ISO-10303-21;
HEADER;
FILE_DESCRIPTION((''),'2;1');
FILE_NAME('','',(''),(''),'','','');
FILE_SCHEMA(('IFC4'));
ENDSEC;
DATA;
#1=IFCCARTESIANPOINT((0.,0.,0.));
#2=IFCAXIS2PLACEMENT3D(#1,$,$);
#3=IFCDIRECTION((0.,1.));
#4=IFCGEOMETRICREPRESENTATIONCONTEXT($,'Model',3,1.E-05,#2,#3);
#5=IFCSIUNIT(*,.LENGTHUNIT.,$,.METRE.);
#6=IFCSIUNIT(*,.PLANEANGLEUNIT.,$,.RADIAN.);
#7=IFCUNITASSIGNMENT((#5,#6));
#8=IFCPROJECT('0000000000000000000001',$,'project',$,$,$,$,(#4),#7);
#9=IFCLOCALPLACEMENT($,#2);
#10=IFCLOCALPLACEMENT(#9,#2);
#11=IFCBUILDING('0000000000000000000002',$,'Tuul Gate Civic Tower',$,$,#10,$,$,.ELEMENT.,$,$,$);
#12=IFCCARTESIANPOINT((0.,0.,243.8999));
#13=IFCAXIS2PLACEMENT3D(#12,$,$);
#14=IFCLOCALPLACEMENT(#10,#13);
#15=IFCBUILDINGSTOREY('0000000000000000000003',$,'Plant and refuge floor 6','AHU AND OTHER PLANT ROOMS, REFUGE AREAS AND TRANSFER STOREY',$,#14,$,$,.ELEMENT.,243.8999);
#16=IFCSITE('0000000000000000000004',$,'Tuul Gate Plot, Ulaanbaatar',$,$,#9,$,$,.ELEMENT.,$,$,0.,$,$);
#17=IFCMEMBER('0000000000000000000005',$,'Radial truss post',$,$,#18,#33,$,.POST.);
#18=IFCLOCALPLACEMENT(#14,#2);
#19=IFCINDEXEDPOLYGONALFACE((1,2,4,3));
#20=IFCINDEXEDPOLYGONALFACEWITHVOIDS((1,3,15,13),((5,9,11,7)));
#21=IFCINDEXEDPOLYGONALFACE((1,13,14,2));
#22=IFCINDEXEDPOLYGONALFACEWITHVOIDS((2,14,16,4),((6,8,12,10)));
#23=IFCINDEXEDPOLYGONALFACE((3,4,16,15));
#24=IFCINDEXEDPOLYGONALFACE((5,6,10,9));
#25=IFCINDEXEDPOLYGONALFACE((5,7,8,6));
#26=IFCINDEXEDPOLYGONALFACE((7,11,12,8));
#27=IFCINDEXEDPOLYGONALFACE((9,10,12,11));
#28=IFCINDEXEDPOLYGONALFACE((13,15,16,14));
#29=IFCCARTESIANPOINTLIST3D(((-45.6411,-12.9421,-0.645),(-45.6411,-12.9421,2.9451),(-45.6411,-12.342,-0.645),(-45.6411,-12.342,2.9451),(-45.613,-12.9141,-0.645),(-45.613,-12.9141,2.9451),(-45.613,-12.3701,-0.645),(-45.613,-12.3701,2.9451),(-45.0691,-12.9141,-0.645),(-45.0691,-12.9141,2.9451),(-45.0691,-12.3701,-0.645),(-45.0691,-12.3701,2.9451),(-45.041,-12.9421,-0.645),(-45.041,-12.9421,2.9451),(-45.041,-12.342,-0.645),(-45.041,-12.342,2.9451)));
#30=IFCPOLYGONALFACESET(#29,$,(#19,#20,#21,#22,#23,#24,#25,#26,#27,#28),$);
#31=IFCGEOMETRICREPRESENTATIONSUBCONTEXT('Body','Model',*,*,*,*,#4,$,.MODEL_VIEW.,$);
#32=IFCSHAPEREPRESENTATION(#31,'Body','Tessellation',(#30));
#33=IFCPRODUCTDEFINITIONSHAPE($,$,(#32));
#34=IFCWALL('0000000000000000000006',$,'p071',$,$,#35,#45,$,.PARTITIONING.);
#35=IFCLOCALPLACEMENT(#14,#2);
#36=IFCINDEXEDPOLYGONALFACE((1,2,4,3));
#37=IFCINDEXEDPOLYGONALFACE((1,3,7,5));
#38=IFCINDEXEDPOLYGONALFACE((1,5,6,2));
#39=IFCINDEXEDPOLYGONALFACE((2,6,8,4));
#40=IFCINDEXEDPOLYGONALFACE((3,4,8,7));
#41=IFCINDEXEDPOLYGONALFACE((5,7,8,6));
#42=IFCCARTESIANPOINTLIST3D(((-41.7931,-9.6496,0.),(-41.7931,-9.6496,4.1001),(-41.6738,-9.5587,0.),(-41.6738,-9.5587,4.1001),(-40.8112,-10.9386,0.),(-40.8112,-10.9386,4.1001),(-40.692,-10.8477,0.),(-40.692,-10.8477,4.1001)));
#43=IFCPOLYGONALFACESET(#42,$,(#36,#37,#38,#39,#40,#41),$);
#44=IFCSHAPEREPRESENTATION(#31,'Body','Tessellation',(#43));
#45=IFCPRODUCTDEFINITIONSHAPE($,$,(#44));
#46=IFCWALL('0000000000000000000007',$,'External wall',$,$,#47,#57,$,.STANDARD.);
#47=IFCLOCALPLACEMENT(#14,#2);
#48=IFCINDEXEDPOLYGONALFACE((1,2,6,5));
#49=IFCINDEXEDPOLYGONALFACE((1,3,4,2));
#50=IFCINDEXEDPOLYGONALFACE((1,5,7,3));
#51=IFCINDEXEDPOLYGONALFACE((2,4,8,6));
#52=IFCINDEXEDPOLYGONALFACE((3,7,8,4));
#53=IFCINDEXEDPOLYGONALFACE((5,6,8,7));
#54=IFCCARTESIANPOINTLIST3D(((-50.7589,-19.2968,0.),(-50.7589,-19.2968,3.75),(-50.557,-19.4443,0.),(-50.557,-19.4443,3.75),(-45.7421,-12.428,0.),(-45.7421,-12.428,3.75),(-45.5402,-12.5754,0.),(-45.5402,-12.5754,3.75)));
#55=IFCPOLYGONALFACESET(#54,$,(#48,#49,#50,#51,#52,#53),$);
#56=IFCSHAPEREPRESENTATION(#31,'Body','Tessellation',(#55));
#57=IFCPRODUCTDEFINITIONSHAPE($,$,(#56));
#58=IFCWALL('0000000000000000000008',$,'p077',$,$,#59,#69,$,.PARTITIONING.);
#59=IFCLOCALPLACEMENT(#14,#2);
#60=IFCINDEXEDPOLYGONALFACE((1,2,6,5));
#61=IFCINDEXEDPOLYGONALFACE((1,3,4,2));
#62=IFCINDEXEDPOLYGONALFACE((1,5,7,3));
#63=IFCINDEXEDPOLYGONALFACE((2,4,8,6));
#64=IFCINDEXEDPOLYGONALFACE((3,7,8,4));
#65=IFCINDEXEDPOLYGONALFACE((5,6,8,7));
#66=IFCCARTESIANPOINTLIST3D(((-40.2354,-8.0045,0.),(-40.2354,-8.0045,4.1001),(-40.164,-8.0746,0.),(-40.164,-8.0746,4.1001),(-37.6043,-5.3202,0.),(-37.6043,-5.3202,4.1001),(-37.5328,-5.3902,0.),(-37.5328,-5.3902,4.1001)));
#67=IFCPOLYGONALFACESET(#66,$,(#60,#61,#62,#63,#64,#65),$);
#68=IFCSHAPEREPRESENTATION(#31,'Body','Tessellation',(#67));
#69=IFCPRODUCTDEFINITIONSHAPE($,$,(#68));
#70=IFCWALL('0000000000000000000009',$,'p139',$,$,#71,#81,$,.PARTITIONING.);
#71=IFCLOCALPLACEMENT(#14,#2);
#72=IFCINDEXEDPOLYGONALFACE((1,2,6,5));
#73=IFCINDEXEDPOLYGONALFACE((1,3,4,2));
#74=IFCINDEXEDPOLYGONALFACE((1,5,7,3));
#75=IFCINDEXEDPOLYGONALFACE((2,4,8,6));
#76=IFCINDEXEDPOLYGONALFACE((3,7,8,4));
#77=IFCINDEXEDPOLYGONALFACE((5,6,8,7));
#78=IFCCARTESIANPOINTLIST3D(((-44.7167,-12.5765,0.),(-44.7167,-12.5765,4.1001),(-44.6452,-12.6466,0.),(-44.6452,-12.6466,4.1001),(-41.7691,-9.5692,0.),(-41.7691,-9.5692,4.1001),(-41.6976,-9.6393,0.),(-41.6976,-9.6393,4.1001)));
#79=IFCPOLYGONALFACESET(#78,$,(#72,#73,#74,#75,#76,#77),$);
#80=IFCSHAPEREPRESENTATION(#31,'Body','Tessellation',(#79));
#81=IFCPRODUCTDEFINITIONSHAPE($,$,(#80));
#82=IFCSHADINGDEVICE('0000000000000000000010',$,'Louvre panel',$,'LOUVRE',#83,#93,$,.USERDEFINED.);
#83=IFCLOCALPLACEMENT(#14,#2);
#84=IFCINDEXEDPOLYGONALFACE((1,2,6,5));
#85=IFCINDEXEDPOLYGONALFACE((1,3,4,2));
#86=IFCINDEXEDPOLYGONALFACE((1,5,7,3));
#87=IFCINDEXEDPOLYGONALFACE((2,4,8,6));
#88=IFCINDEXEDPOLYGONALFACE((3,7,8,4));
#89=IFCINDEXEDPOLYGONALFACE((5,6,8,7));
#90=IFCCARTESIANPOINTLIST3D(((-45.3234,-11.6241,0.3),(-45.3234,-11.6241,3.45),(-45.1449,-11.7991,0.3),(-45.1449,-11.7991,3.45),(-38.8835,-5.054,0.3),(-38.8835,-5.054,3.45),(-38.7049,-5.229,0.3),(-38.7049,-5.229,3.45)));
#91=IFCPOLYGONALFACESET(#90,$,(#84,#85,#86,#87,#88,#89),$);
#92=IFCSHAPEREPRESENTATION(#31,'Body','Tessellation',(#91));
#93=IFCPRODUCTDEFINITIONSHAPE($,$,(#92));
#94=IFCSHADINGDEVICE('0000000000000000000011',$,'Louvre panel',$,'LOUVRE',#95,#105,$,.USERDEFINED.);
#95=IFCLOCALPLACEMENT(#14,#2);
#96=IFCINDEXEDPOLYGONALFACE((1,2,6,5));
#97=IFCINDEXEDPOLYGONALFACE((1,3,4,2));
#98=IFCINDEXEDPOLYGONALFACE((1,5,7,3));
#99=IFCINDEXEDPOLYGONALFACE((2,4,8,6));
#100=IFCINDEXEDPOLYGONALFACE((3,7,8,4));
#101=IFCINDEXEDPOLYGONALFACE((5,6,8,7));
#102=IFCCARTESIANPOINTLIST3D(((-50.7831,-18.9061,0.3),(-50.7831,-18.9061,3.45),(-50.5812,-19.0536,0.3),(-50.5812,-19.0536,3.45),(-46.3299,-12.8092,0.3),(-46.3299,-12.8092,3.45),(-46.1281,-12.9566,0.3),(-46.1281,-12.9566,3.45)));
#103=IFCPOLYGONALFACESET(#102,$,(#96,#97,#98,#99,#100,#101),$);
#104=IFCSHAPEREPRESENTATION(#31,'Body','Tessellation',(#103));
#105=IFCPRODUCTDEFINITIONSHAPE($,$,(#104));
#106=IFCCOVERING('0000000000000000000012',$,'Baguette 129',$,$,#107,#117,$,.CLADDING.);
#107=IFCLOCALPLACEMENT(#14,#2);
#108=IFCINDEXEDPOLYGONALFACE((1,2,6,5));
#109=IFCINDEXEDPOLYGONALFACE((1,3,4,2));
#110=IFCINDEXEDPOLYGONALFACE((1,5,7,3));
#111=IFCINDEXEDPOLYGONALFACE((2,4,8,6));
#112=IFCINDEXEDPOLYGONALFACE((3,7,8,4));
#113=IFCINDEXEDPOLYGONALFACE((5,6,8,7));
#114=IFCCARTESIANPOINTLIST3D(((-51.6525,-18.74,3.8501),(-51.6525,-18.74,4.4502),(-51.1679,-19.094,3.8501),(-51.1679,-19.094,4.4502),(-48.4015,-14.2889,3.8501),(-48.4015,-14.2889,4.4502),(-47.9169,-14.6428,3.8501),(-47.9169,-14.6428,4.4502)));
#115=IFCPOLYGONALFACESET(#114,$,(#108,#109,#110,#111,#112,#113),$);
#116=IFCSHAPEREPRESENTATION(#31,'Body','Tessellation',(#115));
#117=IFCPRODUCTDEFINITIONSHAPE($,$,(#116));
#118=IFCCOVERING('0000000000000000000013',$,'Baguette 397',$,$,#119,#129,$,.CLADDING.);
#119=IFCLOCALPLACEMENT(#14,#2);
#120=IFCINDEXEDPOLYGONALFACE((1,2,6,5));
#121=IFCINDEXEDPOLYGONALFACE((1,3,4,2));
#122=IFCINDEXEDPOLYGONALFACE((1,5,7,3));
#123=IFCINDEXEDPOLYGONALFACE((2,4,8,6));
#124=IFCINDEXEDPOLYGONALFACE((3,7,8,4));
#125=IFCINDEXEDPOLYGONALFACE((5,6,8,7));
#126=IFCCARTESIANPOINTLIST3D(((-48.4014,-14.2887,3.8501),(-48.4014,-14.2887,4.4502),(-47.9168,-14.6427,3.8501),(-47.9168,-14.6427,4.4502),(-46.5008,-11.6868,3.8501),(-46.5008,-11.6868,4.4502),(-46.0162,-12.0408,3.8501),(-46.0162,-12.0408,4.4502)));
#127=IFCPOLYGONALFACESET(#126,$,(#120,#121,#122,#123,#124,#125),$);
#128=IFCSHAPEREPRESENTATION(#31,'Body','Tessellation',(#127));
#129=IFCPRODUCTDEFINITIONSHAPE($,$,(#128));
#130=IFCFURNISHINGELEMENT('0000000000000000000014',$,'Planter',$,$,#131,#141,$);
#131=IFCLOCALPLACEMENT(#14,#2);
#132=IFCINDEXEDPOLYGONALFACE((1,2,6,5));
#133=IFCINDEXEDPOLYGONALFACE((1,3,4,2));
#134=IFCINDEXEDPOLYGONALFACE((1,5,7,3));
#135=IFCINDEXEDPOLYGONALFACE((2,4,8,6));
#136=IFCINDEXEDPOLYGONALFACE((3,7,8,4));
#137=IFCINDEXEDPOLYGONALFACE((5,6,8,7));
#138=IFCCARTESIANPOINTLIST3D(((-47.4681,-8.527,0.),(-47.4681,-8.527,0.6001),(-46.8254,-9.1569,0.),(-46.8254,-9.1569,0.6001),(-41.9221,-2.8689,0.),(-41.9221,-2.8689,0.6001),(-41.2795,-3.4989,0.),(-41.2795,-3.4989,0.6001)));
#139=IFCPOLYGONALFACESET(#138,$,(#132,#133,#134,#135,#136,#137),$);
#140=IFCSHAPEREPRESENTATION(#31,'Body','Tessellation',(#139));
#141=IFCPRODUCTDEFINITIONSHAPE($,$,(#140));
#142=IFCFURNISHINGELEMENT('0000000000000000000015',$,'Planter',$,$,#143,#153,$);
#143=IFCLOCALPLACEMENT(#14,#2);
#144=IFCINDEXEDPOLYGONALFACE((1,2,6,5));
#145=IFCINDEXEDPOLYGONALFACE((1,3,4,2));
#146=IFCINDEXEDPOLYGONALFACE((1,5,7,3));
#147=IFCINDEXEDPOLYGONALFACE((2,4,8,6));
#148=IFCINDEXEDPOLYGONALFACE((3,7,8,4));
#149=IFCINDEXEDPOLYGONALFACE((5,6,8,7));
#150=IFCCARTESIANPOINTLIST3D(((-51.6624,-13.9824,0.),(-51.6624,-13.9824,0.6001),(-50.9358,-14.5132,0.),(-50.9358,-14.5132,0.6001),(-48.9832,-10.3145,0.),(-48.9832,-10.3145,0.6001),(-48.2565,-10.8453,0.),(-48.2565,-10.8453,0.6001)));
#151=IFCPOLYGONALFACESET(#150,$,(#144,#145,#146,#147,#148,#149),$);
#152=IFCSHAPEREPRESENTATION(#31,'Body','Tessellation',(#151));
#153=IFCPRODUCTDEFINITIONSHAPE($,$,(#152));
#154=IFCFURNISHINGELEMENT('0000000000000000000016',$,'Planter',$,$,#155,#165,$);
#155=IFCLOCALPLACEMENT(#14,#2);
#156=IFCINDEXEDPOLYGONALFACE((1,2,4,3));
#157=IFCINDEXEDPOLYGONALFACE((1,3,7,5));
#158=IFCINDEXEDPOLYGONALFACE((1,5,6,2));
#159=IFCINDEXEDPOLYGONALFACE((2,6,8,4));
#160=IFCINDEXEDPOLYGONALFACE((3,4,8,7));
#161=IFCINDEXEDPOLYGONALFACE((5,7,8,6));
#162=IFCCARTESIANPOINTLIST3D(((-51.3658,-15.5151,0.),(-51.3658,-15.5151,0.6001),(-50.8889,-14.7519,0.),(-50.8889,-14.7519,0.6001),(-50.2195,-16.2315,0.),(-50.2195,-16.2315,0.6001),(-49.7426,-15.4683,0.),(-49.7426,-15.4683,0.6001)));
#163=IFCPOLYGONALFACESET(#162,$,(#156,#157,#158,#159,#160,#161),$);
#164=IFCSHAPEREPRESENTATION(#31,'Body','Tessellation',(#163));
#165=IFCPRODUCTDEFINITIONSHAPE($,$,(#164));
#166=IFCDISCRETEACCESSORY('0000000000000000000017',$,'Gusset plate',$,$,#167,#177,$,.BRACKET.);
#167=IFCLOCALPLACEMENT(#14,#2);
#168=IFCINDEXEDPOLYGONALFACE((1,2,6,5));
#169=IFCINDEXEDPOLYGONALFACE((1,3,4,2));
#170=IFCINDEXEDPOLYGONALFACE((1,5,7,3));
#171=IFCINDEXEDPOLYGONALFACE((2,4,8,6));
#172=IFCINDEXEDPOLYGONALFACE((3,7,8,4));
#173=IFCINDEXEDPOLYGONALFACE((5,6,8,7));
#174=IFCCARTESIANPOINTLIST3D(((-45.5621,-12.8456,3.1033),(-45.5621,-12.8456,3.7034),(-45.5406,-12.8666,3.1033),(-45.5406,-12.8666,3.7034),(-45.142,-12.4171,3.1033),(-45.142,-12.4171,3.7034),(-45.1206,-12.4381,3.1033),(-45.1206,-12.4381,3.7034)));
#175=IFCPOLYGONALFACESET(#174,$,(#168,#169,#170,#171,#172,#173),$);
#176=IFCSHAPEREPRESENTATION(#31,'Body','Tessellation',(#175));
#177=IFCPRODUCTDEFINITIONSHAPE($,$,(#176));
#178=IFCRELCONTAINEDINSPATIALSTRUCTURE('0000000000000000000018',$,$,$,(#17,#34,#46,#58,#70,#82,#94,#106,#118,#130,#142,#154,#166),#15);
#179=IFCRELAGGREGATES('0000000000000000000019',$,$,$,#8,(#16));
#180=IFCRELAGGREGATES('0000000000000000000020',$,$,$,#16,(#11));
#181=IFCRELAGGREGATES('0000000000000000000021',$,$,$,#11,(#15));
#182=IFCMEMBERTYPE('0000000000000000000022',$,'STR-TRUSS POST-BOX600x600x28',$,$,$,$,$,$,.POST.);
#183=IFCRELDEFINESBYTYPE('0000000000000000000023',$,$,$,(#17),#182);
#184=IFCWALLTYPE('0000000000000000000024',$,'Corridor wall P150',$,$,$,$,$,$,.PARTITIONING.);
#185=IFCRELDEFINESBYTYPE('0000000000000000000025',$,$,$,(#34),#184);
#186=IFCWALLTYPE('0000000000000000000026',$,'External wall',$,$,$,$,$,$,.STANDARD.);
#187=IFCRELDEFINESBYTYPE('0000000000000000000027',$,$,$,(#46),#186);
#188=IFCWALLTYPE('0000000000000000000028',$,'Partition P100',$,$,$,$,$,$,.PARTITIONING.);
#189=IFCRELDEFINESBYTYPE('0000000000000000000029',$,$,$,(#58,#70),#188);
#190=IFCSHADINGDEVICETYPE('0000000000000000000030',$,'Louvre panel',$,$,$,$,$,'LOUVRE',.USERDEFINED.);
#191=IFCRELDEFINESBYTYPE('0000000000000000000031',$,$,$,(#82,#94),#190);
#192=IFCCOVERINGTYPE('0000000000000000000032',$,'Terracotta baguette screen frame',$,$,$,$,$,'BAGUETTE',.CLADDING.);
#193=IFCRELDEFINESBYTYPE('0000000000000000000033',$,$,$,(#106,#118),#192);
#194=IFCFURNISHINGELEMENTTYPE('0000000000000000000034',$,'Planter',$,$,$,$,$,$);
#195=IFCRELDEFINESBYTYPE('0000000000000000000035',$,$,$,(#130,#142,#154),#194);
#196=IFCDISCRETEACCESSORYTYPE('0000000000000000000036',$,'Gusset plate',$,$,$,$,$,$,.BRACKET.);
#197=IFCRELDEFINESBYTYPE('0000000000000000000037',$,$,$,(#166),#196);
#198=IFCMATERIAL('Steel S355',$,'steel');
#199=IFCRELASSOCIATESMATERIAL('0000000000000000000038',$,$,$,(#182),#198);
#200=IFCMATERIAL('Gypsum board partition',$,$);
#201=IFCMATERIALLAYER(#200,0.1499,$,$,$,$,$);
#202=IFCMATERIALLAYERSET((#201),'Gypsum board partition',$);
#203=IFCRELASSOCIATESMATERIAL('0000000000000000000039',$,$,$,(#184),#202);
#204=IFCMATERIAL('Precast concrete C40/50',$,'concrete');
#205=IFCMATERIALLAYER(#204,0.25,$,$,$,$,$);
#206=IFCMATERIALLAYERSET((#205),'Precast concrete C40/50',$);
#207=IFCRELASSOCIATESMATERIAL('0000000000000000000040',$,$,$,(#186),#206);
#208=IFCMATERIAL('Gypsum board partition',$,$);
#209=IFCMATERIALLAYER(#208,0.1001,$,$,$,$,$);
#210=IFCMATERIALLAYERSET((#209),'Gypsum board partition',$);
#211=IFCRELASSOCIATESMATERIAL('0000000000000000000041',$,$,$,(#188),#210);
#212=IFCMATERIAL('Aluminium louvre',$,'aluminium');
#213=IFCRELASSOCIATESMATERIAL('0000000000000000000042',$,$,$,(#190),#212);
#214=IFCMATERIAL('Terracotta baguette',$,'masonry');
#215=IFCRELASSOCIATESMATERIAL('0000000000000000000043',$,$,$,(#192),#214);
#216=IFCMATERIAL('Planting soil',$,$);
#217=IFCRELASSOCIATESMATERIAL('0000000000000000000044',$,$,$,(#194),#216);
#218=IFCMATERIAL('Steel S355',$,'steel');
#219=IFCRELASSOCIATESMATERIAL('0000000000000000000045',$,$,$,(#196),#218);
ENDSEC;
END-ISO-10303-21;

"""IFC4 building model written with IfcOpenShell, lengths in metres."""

from ifc_helpers import new_model, si_unit, direction, frame, frame_2d, origin, origin_2d, place, context, subcontext, project, spatial, rectangle, hollow_rectangle, extrude, material, layer, layer_set, material_profile, profile_set, type_object, element, save


model = new_model("IFC4")

# Units and contexts
model_context = context("Model", 3, precision=1e-05, world=origin(), true_north=direction((0.0, 1.0)))
body_context = subcontext(model_context, "Body", "Model", "MODEL_VIEW")
ifc_project = project(units=[si_unit("LENGTHUNIT", "METRE"), si_unit("PLANEANGLEUNIT", "RADIAN")], contexts=[model_context])

# Site, building, storey
site_placement = place(None, origin())
site = spatial("IfcSite", under=ifc_project, at=site_placement, Name="Tuul Gate Plot, Ulaanbaatar", CompositionType="ELEMENT", RefElevation=0.0)
building_placement = place(site_placement, origin())
building = spatial("IfcBuilding", under=site, at=building_placement, Name="Tuul Gate Civic Tower", CompositionType="ELEMENT")
storey_placement = place(building_placement, frame((0.0, 0.0, 243.8999)))
storey = spatial("IfcBuildingStorey", under=building, at=storey_placement, Name="Plant and refuge floor 6", Description="AHU AND OTHER PLANT ROOMS, REFUGE AREAS AND TRANSFER STOREY", CompositionType="ELEMENT", Elevation=243.8999)

# Member
ifc_material_1 = material(Name="Steel S355", Category="steel")
ifc_material_profile_1 = material_profile(ifc_material_1, hollow_rectangle(XDim=0.6001, YDim=0.6001, WallThickness=0.0281, at=origin_2d()), Name="BOX600x600x28")
ifc_profile_set_1 = profile_set([ifc_material_profile_1], Name="Steel S355")
member_type_1 = type_object("IfcMemberType", Name="STR-TRUSS POST-BOX600x600x28", PredefinedType="POST", material=ifc_profile_set_1)
member_1_placement = place(storey_placement, frame((-45.3411, -12.6421, -0.645), z_axis=(0.0, 0.0, 1.0), x_axis=(1.0, 0.0, 0.0)))
element("IfcMember", 1, at=member_1_placement, inside=storey, type_object=member_type_1, Name="Radial truss post", PredefinedType="POST", context=body_context, shape_type="SweptSolid", body=[
    extrude(hollow_rectangle(XDim=0.6001, YDim=0.6001, WallThickness=0.0281, at=origin_2d()), origin(), (0.0, 0.0, 1.0), 3.5901),
])

# Walls
ifc_material_2 = material(Name="Gypsum board partition")
ifc_layer_1 = layer(ifc_material_2, 0.1499)
ifc_layer_set_1 = layer_set([ifc_layer_1], Name="Gypsum board partition")
wall_type_1 = type_object("IfcWallType", Name="Corridor wall P150", PredefinedType="PARTITIONING", material=ifc_layer_set_1)
wall_1_placement = place(storey_placement, frame((-41.7334, -9.6042, 0.0), z_axis=(0.0, 0.0, 1.0), x_axis=(0.605962, -0.795494, 0.0)))
element("IfcWall", 2, at=wall_1_placement, inside=storey, type_object=wall_type_1, Name="p071", PredefinedType="PARTITIONING", context=body_context, shape_type="SweptSolid", body=[
    extrude(rectangle(XDim=1.6204, YDim=0.1499, at=frame_2d((0.8101, 0.0))), origin(), (0.0, 0.0, 1.0), 4.1001),
])
ifc_material_3 = material(Name="Precast concrete C40/50", Category="concrete")
ifc_layer_2 = layer(ifc_material_3, 0.25)
ifc_layer_set_2 = layer_set([ifc_layer_2], Name="Precast concrete C40/50")
wall_type_2 = type_object("IfcWallType", Name="External wall", PredefinedType="STANDARD", material=ifc_layer_set_2)
wall_2_placement = place(storey_placement, frame((-45.6411, -12.5017, 0.0), z_axis=(0.0, 0.0, 1.0), x_axis=(-0.589807, -0.807544, 0.0)))
element("IfcWall", 3, at=wall_2_placement, inside=storey, type_object=wall_type_2, Name="External wall", PredefinedType="STANDARD", context=body_context, shape_type="SweptSolid", body=[
    extrude(rectangle(XDim=8.5059, YDim=0.25, at=frame_2d((4.2529, 0.0))), origin(), (0.0, 0.0, 1.0), 3.75),
])
ifc_material_4 = material(Name="Gypsum board partition")
ifc_layer_3 = layer(ifc_material_4, 0.1001)
ifc_layer_set_3 = layer_set([ifc_layer_3], Name="Gypsum board partition")
wall_type_3 = type_object("IfcWallType", Name="Partition P100", PredefinedType="PARTITIONING", material=ifc_layer_set_3)
wall_3_placement = place(storey_placement, frame((-40.1997, -8.0396, 0.0), z_axis=(0.0, 0.0, 1.0), x_axis=(0.699992, 0.714151, 0.0)))
element("IfcWall", 4, at=wall_3_placement, inside=storey, type_object=wall_type_3, Name="p077", PredefinedType="PARTITIONING", context=body_context, shape_type="SweptSolid", body=[
    extrude(rectangle(XDim=3.7588, YDim=0.1001, at=frame_2d((1.8794, 0.0))), origin(), (0.0, 0.0, 1.0), 4.1001),
])
wall_4_placement = place(storey_placement, frame((-44.6809, -12.6116, 0.0), z_axis=(0.0, 0.0, 1.0), x_axis=(0.699969, 0.714173, 0.0)))
element("IfcWall", 5, at=wall_4_placement, inside=storey, type_object=wall_type_3, Name="p139", PredefinedType="PARTITIONING", context=body_context, shape_type="SweptSolid", body=[
    extrude(rectangle(XDim=4.2109, YDim=0.1001, at=frame_2d((2.1055, 0.0))), origin(), (0.0, 0.0, 1.0), 4.1001),
])

# Shading devices
ifc_material_5 = material(Name="Aluminium louvre", Category="aluminium")
shading_device_type = type_object("IfcShadingDeviceType", Name="Louvre panel", ElementType="LOUVRE", PredefinedType="USERDEFINED", material=ifc_material_5)
shading_device_1_placement = place(storey_placement, frame((-42.0142, -8.4265, 0.3), z_axis=(0.0, 0.0, 1.0), x_axis=(-0.714146, 0.699997, 0.0)))
element("IfcShadingDevice", 6, at=shading_device_1_placement, inside=storey, type_object=shading_device_type, Name="Louvre panel", ObjectType="LOUVRE", PredefinedType="USERDEFINED", context=body_context, shape_type="SweptSolid", body=[
    extrude(rectangle(XDim=0.25, YDim=9.2, at=origin_2d()), origin(), (0.0, 0.0, 1.0), 3.1499),
])
shading_device_2_placement = place(storey_placement, frame((-48.4556, -15.9314, 0.3), z_axis=(0.0, 0.0, 1.0), x_axis=(-0.807538, 0.589815, 0.0)))
element("IfcShadingDevice", 7, at=shading_device_2_placement, inside=storey, type_object=shading_device_type, Name="Louvre panel", ObjectType="LOUVRE", PredefinedType="USERDEFINED", context=body_context, shape_type="SweptSolid", body=[
    extrude(rectangle(XDim=0.25, YDim=7.55, at=origin_2d()), origin(), (0.0, 0.0, 1.0), 3.1499),
])

# Coverings
ifc_material_6 = material(Name="Terracotta baguette", Category="masonry")
ifc_material_profile_2 = material_profile(ifc_material_6, rectangle(XDim=0.6001, YDim=0.6001, at=origin_2d()), Name="Terracotta baguette screen frame")
ifc_profile_set_2 = profile_set([ifc_material_profile_2], Name="Terracotta baguette")
covering_type = type_object("IfcCoveringType", Name="Terracotta baguette screen frame", ElementType="BAGUETTE", PredefinedType="CLADDING", material=ifc_profile_set_2)
covering_1_placement = place(storey_placement, frame((-48.1592, -14.4658, 4.1501), z_axis=(-0.589803, -0.807547, 0.0), x_axis=(0.807547, -0.589803, 0.0)))
element("IfcCovering", 8, at=covering_1_placement, inside=storey, type_object=covering_type, Name="Baguette 129", PredefinedType="CLADDING", context=body_context, shape_type="SweptSolid", body=[
    extrude(rectangle(XDim=0.6001, YDim=0.6001, at=origin_2d()), origin(), (0.0, 0.0, 1.0), 5.512),
])
covering_2_placement = place(storey_placement, frame((-46.2585, -11.8638, 4.1501), z_axis=(-0.589842, -0.807519, 0.0), x_axis=(0.807519, -0.589842, 0.0)))
element("IfcCovering", 9, at=covering_2_placement, inside=storey, type_object=covering_type, Name="Baguette 397", PredefinedType="CLADDING", context=body_context, shape_type="SweptSolid", body=[
    extrude(rectangle(XDim=0.6001, YDim=0.6001, at=origin_2d()), origin(), (0.0, 0.0, 1.0), 3.2222),
])

# Furnishing elements
ifc_material_7 = material(Name="Planting soil")
furnishing_element_type = type_object("IfcFurnishingElementType", Name="Planter", material=ifc_material_7)
furnishing_1_placement = place(storey_placement, frame((-44.3738, -6.0129, 0.0), z_axis=(0.0, 0.0, 1.0), x_axis=(-0.7, -0.714143, 0.0)))
element("IfcFurnishingElement", 10, at=furnishing_1_placement, inside=storey, type_object=furnishing_element_type, Name="Planter", context=body_context, shape_type="SweptSolid", body=[
    extrude(rectangle(XDim=7.9229, YDim=0.8999, at=origin_2d()), origin(), (0.0, 0.0, 1.0), 0.6001),
])
furnishing_2_placement = place(storey_placement, frame((-49.9595, -12.4138, 0.0), z_axis=(0.0, 0.0, 1.0), x_axis=(-0.589858, -0.807507, 0.0)))
element("IfcFurnishingElement", 11, at=furnishing_2_placement, inside=storey, type_object=furnishing_element_type, Name="Planter", context=body_context, shape_type="SweptSolid", body=[
    extrude(rectangle(XDim=4.5422, YDim=0.8999, at=origin_2d()), origin(), (0.0, 0.0, 1.0), 0.6001),
])
furnishing_3_placement = place(storey_placement, frame((-50.5542, -15.4917, 0.0), z_axis=(0.0, 0.0, 1.0), x_axis=(0.848034, -0.529942, 0.0)))
element("IfcFurnishingElement", 12, at=furnishing_3_placement, inside=storey, type_object=furnishing_element_type, Name="Planter", context=body_context, shape_type="SweptSolid", body=[
    extrude(rectangle(XDim=1.3518, YDim=0.8999, at=origin_2d()), origin(), (0.0, 0.0, 1.0), 0.6001),
])

# Discrete accessory
ifc_material_8 = material(Name="Steel S355", Category="steel")
discrete_accessory_type_1 = type_object("IfcDiscreteAccessoryType", Name="Gusset plate", PredefinedType="BRACKET", material=ifc_material_8)
discrete_accessory_1_placement = place(storey_placement, frame((-45.3413, -12.6418, 3.1033), z_axis=(0.0, 0.0, 1.0), x_axis=(0.7, 0.714143, 0.0)))
element("IfcDiscreteAccessory", 13, at=discrete_accessory_1_placement, inside=storey, type_object=discrete_accessory_type_1, Name="Gusset plate", PredefinedType="BRACKET", context=body_context, shape_type="SweptSolid", body=[
    extrude(rectangle(XDim=0.6001, YDim=0.03, at=origin_2d()), origin(), (0.0, 0.0, 1.0), 0.6001),
])

save(model, "model.ifc")
